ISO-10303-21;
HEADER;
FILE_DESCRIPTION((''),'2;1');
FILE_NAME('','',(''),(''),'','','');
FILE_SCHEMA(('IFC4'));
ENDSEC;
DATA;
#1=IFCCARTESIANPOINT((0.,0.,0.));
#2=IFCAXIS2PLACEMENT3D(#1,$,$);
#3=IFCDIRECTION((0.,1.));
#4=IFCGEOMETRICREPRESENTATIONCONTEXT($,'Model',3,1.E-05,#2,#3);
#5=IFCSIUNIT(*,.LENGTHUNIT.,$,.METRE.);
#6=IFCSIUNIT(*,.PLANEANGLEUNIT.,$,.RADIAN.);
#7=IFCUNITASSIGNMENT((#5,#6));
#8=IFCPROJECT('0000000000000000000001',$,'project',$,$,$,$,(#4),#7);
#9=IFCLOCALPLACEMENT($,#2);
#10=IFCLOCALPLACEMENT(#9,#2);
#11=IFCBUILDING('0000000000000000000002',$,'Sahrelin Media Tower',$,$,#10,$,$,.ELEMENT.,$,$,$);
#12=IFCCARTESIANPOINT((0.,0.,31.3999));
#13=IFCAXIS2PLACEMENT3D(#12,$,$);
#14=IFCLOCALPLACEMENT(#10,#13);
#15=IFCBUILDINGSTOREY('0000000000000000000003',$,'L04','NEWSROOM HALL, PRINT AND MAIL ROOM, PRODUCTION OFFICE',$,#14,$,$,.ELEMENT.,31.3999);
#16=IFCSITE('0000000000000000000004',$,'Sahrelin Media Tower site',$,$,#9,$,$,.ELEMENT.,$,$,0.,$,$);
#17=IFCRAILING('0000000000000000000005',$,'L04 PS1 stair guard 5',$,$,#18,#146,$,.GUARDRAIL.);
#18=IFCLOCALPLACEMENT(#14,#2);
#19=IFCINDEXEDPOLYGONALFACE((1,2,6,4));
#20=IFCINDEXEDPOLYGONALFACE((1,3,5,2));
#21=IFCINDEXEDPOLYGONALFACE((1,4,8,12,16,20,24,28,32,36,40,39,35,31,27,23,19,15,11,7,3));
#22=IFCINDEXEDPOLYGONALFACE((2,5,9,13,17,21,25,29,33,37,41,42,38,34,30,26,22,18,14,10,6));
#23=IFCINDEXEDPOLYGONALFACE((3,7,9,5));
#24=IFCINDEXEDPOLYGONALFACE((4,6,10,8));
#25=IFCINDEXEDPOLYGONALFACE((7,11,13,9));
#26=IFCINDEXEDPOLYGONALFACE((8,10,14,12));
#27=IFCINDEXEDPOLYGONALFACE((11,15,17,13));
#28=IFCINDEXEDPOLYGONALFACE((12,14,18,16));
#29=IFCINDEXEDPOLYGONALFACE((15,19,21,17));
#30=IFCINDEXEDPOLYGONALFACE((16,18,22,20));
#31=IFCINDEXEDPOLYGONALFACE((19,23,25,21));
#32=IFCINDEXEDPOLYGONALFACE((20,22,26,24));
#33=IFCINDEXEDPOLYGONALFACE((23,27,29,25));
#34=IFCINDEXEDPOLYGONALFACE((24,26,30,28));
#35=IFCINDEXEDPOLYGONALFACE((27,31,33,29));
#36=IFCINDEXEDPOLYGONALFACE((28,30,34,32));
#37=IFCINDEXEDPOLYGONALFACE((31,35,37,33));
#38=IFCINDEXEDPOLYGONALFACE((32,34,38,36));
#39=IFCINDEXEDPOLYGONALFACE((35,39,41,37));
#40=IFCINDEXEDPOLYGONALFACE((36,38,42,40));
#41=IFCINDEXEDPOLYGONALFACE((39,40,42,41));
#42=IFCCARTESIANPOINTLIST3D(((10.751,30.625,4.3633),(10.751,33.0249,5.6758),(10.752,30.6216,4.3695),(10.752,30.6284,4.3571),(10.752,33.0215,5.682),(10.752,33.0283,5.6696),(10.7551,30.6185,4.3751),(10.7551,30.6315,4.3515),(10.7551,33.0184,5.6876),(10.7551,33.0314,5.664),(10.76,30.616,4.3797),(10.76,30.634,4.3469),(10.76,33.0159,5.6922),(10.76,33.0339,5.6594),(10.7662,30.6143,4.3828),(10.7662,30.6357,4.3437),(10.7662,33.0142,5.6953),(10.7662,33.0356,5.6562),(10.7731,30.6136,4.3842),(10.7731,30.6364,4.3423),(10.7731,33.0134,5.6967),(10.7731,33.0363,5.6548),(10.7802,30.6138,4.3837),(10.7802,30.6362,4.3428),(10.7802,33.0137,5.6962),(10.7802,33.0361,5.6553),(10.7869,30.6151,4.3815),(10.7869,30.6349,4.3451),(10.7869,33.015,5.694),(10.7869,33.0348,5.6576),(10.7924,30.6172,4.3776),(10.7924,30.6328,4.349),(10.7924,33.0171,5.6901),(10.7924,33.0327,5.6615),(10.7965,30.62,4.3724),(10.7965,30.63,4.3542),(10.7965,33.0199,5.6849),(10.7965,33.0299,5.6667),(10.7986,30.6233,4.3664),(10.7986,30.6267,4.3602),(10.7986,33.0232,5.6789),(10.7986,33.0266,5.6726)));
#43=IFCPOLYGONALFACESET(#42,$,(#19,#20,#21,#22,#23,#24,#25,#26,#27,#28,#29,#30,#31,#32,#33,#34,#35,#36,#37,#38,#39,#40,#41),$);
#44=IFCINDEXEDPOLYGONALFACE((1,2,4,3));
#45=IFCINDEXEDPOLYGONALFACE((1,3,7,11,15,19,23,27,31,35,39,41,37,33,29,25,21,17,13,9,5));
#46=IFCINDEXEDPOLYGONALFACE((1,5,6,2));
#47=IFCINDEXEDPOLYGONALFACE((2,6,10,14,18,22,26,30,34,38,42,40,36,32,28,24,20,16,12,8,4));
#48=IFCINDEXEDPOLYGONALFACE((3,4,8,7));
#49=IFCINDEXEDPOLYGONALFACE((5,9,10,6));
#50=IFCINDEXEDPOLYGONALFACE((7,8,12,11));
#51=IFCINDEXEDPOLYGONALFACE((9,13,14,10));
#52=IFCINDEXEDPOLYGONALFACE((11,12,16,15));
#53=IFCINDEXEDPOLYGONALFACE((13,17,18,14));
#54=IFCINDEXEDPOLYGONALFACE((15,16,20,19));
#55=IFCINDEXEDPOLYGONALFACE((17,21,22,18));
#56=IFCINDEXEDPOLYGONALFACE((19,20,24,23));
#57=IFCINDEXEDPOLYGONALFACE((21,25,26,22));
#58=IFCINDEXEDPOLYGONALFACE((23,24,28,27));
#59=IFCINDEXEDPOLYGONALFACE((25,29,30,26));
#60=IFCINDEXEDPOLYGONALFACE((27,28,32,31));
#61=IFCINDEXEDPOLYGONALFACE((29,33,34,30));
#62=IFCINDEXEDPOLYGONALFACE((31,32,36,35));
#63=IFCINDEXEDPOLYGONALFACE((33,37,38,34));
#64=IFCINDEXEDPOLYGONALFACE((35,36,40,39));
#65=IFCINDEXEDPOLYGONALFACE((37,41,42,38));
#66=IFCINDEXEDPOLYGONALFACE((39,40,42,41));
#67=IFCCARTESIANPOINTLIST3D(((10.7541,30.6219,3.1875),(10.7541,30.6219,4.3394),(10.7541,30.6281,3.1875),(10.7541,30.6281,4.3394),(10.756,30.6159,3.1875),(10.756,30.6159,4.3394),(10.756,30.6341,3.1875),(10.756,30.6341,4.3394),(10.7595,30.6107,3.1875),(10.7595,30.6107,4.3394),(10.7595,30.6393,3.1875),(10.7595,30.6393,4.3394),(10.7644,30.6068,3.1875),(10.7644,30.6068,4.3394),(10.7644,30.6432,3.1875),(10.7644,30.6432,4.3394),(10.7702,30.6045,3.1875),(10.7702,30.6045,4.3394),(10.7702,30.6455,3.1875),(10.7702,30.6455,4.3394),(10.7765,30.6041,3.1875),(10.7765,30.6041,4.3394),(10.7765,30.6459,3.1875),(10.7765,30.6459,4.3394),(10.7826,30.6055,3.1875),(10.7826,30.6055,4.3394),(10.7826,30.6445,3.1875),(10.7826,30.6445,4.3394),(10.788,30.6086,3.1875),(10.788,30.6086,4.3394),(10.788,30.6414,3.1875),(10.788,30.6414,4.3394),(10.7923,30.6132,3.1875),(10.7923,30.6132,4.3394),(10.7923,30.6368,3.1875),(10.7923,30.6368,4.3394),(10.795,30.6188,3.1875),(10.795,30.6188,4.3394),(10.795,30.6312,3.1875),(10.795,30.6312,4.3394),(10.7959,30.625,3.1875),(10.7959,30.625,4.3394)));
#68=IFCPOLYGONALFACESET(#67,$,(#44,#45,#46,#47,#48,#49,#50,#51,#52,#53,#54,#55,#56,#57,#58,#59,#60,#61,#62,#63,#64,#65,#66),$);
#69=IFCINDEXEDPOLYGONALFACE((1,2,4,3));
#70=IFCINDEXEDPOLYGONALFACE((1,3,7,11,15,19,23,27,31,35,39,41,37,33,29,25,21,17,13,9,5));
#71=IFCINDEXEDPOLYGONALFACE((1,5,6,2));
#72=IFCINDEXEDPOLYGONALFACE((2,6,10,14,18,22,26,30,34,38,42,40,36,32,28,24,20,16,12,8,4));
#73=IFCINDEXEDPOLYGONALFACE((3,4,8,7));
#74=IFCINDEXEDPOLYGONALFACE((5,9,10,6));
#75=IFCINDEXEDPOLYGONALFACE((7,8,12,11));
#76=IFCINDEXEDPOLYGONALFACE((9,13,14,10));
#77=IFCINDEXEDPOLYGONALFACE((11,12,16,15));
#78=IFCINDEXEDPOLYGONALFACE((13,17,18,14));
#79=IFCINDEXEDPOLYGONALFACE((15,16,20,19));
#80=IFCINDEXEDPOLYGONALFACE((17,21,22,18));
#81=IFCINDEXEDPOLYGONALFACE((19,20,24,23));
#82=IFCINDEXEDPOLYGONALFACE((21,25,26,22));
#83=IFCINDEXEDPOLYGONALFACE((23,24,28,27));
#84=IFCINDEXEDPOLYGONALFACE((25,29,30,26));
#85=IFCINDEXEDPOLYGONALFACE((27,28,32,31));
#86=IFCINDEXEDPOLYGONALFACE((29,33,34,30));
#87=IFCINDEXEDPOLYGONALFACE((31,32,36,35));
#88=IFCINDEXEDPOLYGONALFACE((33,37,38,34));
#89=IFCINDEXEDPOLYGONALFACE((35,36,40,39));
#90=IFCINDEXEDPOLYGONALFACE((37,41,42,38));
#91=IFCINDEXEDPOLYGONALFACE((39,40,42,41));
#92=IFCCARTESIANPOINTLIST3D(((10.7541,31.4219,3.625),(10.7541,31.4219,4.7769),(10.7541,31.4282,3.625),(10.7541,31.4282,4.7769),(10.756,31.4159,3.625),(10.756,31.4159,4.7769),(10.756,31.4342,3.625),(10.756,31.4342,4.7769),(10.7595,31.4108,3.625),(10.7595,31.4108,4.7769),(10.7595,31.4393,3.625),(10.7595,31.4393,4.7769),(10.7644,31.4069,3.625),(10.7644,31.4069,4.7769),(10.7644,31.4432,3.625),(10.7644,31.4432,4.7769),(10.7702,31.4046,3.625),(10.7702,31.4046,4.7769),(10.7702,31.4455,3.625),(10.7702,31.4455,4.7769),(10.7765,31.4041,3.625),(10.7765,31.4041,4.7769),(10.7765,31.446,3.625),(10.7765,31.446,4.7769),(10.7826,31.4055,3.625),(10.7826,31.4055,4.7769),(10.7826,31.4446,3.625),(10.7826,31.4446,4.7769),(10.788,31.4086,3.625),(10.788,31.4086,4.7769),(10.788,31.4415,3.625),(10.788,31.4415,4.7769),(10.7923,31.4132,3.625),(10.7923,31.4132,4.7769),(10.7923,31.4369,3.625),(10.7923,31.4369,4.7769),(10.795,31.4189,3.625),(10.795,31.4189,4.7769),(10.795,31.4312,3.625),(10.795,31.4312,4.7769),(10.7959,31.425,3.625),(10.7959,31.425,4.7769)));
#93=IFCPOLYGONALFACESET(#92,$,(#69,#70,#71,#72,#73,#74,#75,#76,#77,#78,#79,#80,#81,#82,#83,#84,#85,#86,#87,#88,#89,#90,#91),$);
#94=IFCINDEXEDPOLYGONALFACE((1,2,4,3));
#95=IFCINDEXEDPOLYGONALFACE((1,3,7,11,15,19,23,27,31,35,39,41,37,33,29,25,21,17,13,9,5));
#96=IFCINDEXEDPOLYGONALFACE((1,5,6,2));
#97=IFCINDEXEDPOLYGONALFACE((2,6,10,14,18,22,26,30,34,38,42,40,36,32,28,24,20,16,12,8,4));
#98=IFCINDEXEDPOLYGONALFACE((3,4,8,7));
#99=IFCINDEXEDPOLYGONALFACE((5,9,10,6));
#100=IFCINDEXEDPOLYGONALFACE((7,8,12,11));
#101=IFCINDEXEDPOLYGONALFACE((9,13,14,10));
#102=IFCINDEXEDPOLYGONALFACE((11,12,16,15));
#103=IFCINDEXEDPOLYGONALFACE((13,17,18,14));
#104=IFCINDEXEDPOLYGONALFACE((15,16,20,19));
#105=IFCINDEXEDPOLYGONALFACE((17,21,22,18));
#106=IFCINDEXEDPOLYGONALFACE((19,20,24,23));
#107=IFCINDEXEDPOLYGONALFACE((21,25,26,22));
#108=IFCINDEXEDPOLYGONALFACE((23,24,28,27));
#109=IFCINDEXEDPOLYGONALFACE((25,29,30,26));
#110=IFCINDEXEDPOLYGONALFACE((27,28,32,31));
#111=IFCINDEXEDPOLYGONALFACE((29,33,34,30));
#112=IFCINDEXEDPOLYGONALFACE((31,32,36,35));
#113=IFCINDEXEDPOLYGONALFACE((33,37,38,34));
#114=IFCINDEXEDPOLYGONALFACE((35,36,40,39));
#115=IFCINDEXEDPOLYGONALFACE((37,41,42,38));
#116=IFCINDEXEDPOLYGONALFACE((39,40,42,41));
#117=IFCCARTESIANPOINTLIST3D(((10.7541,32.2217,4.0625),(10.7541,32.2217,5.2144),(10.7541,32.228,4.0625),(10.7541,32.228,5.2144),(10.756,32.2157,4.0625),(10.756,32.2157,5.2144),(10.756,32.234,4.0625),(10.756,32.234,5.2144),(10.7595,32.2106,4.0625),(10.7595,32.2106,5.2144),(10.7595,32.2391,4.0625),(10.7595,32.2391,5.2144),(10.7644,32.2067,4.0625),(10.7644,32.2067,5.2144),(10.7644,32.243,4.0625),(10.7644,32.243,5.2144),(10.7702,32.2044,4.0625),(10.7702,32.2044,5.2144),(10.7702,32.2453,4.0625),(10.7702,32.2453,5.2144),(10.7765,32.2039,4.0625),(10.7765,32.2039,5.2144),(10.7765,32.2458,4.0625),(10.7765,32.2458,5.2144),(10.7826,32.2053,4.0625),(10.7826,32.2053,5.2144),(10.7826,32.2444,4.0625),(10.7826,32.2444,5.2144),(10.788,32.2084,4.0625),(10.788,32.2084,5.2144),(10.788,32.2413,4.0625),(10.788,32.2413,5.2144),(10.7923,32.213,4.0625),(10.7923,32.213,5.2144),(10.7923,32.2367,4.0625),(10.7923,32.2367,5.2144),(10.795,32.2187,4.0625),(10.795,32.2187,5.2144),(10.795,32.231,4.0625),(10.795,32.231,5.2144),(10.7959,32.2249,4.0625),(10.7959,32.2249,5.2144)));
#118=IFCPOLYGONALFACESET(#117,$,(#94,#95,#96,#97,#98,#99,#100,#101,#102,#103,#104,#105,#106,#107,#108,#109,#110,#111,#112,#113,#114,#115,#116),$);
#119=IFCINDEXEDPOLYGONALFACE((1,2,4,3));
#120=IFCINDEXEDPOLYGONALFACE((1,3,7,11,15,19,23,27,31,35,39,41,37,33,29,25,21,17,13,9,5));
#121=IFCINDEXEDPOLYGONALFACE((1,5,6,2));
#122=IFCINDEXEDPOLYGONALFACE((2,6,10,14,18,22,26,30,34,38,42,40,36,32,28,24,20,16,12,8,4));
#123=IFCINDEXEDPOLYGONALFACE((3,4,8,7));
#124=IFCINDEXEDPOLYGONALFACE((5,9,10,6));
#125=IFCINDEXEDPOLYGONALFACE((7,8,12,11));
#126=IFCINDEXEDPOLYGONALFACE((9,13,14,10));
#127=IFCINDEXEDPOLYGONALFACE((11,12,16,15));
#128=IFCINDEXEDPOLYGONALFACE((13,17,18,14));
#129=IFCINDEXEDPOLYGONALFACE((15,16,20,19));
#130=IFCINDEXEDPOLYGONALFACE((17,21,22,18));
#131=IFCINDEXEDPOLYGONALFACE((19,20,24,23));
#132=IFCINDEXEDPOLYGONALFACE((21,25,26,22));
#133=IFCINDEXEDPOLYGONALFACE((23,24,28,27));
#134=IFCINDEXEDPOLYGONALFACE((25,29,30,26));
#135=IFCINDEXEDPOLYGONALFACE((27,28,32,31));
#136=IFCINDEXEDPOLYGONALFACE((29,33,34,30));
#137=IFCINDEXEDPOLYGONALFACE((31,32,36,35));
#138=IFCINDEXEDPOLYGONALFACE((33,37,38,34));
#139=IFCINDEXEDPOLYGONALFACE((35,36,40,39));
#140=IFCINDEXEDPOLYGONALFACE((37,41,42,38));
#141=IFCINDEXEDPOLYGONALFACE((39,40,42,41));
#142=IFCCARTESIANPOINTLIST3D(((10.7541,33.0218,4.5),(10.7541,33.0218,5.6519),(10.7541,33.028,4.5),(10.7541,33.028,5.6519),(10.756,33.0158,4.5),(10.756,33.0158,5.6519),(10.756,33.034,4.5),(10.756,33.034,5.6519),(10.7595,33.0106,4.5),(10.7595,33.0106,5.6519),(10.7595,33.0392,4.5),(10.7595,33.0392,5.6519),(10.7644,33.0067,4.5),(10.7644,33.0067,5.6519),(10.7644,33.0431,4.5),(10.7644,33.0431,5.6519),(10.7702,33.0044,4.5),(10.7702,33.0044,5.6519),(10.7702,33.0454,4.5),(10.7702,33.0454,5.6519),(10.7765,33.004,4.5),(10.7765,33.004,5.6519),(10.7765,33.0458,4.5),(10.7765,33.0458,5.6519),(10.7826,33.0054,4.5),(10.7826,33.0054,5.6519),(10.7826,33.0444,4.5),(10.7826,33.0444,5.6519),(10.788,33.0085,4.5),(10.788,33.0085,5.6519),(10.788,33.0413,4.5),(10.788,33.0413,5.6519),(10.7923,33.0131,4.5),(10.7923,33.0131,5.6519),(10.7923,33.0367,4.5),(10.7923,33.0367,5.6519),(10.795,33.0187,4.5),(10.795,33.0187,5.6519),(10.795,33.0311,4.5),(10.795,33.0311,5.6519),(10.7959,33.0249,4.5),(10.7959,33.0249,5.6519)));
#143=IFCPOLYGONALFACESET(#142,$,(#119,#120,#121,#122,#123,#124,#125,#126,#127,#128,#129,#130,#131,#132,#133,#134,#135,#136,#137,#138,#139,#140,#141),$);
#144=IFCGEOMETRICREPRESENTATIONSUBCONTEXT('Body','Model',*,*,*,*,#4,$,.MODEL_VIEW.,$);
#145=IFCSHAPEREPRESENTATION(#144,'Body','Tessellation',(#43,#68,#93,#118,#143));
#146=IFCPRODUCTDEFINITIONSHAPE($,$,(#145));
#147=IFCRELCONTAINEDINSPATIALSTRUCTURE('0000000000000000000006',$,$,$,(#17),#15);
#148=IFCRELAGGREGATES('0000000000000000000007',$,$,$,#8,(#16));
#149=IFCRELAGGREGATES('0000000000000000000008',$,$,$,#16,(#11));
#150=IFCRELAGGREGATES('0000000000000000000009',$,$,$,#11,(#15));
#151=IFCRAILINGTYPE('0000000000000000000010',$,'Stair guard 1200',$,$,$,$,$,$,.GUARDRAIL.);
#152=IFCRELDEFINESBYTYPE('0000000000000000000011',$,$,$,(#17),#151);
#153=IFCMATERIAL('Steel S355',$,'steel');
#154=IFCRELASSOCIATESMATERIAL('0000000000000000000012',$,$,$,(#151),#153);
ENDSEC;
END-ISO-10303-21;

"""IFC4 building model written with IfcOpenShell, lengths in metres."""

from ifc_helpers import new_model, si_unit, direction, frame, origin, origin_2d, place, context, subcontext, project, spatial, circle, extrude, material, type_object, element, save


model = new_model("IFC4")

# Units and contexts
model_context = context("Model", 3, precision=1e-05, world=origin(), true_north=direction((0.0, 1.0)))
body_context = subcontext(model_context, "Body", "Model", "MODEL_VIEW")
ifc_project = project(units=[si_unit("LENGTHUNIT", "METRE"), si_unit("PLANEANGLEUNIT", "RADIAN")], contexts=[model_context])

# Site, building, storey
site_placement = place(None, origin())
site = spatial("IfcSite", under=ifc_project, at=site_placement, Name="Sahrelin Media Tower site", CompositionType="ELEMENT", RefElevation=0.0)
building_placement = place(site_placement, origin())
building = spatial("IfcBuilding", under=site, at=building_placement, Name="Sahrelin Media Tower", CompositionType="ELEMENT")
storey_placement = place(building_placement, frame((0.0, 0.0, 31.3999)))
storey = spatial("IfcBuildingStorey", under=building, at=storey_placement, Name="L04", Description="NEWSROOM HALL, PRINT AND MAIL ROOM, PRODUCTION OFFICE", CompositionType="ELEMENT", Elevation=31.3999)

# Shared definitions
ifc_material_1 = material(Name="Steel S355", Category="steel")

# Railing
railing_type_1 = type_object("IfcRailingType", Name="Stair guard 1200", PredefinedType="GUARDRAIL", material=ifc_material_1)
railing_1_placement = place(storey_placement, frame((10.7749, 30.625, 3.1875)))
element("IfcRailing", 1, at=railing_1_placement, inside=storey, type_object=railing_type_1, Name="L04 PS1 stair guard 5", PredefinedType="GUARDRAIL", context=body_context, shape_type="SweptSolid", body=[
    extrude(circle(Radius=0.0239, at=origin_2d()), frame((0.0, 0.0, 1.1758), z_axis=(0.0, 0.877363, 0.479827), x_axis=(-1.0, 0.0, 0.0)), (0.0, 0.0, 1.0), 2.7354),
    extrude(circle(Radius=0.021, at=origin_2d()), origin(), (0.0, 0.0, 1.0), 1.1519),
    extrude(circle(Radius=0.021, at=origin_2d()), frame((0.0, 0.8, 0.4375)), (0.0, 0.0, 1.0), 1.1519),
    extrude(circle(Radius=0.021, at=origin_2d()), frame((0.0, 1.5999, 0.875)), (0.0, 0.0, 1.0), 1.1519),
    extrude(circle(Radius=0.021, at=origin_2d()), frame((0.0, 2.3999, 1.3125)), (0.0, 0.0, 1.0), 1.1519),
])

save(model, "model.ifc")
